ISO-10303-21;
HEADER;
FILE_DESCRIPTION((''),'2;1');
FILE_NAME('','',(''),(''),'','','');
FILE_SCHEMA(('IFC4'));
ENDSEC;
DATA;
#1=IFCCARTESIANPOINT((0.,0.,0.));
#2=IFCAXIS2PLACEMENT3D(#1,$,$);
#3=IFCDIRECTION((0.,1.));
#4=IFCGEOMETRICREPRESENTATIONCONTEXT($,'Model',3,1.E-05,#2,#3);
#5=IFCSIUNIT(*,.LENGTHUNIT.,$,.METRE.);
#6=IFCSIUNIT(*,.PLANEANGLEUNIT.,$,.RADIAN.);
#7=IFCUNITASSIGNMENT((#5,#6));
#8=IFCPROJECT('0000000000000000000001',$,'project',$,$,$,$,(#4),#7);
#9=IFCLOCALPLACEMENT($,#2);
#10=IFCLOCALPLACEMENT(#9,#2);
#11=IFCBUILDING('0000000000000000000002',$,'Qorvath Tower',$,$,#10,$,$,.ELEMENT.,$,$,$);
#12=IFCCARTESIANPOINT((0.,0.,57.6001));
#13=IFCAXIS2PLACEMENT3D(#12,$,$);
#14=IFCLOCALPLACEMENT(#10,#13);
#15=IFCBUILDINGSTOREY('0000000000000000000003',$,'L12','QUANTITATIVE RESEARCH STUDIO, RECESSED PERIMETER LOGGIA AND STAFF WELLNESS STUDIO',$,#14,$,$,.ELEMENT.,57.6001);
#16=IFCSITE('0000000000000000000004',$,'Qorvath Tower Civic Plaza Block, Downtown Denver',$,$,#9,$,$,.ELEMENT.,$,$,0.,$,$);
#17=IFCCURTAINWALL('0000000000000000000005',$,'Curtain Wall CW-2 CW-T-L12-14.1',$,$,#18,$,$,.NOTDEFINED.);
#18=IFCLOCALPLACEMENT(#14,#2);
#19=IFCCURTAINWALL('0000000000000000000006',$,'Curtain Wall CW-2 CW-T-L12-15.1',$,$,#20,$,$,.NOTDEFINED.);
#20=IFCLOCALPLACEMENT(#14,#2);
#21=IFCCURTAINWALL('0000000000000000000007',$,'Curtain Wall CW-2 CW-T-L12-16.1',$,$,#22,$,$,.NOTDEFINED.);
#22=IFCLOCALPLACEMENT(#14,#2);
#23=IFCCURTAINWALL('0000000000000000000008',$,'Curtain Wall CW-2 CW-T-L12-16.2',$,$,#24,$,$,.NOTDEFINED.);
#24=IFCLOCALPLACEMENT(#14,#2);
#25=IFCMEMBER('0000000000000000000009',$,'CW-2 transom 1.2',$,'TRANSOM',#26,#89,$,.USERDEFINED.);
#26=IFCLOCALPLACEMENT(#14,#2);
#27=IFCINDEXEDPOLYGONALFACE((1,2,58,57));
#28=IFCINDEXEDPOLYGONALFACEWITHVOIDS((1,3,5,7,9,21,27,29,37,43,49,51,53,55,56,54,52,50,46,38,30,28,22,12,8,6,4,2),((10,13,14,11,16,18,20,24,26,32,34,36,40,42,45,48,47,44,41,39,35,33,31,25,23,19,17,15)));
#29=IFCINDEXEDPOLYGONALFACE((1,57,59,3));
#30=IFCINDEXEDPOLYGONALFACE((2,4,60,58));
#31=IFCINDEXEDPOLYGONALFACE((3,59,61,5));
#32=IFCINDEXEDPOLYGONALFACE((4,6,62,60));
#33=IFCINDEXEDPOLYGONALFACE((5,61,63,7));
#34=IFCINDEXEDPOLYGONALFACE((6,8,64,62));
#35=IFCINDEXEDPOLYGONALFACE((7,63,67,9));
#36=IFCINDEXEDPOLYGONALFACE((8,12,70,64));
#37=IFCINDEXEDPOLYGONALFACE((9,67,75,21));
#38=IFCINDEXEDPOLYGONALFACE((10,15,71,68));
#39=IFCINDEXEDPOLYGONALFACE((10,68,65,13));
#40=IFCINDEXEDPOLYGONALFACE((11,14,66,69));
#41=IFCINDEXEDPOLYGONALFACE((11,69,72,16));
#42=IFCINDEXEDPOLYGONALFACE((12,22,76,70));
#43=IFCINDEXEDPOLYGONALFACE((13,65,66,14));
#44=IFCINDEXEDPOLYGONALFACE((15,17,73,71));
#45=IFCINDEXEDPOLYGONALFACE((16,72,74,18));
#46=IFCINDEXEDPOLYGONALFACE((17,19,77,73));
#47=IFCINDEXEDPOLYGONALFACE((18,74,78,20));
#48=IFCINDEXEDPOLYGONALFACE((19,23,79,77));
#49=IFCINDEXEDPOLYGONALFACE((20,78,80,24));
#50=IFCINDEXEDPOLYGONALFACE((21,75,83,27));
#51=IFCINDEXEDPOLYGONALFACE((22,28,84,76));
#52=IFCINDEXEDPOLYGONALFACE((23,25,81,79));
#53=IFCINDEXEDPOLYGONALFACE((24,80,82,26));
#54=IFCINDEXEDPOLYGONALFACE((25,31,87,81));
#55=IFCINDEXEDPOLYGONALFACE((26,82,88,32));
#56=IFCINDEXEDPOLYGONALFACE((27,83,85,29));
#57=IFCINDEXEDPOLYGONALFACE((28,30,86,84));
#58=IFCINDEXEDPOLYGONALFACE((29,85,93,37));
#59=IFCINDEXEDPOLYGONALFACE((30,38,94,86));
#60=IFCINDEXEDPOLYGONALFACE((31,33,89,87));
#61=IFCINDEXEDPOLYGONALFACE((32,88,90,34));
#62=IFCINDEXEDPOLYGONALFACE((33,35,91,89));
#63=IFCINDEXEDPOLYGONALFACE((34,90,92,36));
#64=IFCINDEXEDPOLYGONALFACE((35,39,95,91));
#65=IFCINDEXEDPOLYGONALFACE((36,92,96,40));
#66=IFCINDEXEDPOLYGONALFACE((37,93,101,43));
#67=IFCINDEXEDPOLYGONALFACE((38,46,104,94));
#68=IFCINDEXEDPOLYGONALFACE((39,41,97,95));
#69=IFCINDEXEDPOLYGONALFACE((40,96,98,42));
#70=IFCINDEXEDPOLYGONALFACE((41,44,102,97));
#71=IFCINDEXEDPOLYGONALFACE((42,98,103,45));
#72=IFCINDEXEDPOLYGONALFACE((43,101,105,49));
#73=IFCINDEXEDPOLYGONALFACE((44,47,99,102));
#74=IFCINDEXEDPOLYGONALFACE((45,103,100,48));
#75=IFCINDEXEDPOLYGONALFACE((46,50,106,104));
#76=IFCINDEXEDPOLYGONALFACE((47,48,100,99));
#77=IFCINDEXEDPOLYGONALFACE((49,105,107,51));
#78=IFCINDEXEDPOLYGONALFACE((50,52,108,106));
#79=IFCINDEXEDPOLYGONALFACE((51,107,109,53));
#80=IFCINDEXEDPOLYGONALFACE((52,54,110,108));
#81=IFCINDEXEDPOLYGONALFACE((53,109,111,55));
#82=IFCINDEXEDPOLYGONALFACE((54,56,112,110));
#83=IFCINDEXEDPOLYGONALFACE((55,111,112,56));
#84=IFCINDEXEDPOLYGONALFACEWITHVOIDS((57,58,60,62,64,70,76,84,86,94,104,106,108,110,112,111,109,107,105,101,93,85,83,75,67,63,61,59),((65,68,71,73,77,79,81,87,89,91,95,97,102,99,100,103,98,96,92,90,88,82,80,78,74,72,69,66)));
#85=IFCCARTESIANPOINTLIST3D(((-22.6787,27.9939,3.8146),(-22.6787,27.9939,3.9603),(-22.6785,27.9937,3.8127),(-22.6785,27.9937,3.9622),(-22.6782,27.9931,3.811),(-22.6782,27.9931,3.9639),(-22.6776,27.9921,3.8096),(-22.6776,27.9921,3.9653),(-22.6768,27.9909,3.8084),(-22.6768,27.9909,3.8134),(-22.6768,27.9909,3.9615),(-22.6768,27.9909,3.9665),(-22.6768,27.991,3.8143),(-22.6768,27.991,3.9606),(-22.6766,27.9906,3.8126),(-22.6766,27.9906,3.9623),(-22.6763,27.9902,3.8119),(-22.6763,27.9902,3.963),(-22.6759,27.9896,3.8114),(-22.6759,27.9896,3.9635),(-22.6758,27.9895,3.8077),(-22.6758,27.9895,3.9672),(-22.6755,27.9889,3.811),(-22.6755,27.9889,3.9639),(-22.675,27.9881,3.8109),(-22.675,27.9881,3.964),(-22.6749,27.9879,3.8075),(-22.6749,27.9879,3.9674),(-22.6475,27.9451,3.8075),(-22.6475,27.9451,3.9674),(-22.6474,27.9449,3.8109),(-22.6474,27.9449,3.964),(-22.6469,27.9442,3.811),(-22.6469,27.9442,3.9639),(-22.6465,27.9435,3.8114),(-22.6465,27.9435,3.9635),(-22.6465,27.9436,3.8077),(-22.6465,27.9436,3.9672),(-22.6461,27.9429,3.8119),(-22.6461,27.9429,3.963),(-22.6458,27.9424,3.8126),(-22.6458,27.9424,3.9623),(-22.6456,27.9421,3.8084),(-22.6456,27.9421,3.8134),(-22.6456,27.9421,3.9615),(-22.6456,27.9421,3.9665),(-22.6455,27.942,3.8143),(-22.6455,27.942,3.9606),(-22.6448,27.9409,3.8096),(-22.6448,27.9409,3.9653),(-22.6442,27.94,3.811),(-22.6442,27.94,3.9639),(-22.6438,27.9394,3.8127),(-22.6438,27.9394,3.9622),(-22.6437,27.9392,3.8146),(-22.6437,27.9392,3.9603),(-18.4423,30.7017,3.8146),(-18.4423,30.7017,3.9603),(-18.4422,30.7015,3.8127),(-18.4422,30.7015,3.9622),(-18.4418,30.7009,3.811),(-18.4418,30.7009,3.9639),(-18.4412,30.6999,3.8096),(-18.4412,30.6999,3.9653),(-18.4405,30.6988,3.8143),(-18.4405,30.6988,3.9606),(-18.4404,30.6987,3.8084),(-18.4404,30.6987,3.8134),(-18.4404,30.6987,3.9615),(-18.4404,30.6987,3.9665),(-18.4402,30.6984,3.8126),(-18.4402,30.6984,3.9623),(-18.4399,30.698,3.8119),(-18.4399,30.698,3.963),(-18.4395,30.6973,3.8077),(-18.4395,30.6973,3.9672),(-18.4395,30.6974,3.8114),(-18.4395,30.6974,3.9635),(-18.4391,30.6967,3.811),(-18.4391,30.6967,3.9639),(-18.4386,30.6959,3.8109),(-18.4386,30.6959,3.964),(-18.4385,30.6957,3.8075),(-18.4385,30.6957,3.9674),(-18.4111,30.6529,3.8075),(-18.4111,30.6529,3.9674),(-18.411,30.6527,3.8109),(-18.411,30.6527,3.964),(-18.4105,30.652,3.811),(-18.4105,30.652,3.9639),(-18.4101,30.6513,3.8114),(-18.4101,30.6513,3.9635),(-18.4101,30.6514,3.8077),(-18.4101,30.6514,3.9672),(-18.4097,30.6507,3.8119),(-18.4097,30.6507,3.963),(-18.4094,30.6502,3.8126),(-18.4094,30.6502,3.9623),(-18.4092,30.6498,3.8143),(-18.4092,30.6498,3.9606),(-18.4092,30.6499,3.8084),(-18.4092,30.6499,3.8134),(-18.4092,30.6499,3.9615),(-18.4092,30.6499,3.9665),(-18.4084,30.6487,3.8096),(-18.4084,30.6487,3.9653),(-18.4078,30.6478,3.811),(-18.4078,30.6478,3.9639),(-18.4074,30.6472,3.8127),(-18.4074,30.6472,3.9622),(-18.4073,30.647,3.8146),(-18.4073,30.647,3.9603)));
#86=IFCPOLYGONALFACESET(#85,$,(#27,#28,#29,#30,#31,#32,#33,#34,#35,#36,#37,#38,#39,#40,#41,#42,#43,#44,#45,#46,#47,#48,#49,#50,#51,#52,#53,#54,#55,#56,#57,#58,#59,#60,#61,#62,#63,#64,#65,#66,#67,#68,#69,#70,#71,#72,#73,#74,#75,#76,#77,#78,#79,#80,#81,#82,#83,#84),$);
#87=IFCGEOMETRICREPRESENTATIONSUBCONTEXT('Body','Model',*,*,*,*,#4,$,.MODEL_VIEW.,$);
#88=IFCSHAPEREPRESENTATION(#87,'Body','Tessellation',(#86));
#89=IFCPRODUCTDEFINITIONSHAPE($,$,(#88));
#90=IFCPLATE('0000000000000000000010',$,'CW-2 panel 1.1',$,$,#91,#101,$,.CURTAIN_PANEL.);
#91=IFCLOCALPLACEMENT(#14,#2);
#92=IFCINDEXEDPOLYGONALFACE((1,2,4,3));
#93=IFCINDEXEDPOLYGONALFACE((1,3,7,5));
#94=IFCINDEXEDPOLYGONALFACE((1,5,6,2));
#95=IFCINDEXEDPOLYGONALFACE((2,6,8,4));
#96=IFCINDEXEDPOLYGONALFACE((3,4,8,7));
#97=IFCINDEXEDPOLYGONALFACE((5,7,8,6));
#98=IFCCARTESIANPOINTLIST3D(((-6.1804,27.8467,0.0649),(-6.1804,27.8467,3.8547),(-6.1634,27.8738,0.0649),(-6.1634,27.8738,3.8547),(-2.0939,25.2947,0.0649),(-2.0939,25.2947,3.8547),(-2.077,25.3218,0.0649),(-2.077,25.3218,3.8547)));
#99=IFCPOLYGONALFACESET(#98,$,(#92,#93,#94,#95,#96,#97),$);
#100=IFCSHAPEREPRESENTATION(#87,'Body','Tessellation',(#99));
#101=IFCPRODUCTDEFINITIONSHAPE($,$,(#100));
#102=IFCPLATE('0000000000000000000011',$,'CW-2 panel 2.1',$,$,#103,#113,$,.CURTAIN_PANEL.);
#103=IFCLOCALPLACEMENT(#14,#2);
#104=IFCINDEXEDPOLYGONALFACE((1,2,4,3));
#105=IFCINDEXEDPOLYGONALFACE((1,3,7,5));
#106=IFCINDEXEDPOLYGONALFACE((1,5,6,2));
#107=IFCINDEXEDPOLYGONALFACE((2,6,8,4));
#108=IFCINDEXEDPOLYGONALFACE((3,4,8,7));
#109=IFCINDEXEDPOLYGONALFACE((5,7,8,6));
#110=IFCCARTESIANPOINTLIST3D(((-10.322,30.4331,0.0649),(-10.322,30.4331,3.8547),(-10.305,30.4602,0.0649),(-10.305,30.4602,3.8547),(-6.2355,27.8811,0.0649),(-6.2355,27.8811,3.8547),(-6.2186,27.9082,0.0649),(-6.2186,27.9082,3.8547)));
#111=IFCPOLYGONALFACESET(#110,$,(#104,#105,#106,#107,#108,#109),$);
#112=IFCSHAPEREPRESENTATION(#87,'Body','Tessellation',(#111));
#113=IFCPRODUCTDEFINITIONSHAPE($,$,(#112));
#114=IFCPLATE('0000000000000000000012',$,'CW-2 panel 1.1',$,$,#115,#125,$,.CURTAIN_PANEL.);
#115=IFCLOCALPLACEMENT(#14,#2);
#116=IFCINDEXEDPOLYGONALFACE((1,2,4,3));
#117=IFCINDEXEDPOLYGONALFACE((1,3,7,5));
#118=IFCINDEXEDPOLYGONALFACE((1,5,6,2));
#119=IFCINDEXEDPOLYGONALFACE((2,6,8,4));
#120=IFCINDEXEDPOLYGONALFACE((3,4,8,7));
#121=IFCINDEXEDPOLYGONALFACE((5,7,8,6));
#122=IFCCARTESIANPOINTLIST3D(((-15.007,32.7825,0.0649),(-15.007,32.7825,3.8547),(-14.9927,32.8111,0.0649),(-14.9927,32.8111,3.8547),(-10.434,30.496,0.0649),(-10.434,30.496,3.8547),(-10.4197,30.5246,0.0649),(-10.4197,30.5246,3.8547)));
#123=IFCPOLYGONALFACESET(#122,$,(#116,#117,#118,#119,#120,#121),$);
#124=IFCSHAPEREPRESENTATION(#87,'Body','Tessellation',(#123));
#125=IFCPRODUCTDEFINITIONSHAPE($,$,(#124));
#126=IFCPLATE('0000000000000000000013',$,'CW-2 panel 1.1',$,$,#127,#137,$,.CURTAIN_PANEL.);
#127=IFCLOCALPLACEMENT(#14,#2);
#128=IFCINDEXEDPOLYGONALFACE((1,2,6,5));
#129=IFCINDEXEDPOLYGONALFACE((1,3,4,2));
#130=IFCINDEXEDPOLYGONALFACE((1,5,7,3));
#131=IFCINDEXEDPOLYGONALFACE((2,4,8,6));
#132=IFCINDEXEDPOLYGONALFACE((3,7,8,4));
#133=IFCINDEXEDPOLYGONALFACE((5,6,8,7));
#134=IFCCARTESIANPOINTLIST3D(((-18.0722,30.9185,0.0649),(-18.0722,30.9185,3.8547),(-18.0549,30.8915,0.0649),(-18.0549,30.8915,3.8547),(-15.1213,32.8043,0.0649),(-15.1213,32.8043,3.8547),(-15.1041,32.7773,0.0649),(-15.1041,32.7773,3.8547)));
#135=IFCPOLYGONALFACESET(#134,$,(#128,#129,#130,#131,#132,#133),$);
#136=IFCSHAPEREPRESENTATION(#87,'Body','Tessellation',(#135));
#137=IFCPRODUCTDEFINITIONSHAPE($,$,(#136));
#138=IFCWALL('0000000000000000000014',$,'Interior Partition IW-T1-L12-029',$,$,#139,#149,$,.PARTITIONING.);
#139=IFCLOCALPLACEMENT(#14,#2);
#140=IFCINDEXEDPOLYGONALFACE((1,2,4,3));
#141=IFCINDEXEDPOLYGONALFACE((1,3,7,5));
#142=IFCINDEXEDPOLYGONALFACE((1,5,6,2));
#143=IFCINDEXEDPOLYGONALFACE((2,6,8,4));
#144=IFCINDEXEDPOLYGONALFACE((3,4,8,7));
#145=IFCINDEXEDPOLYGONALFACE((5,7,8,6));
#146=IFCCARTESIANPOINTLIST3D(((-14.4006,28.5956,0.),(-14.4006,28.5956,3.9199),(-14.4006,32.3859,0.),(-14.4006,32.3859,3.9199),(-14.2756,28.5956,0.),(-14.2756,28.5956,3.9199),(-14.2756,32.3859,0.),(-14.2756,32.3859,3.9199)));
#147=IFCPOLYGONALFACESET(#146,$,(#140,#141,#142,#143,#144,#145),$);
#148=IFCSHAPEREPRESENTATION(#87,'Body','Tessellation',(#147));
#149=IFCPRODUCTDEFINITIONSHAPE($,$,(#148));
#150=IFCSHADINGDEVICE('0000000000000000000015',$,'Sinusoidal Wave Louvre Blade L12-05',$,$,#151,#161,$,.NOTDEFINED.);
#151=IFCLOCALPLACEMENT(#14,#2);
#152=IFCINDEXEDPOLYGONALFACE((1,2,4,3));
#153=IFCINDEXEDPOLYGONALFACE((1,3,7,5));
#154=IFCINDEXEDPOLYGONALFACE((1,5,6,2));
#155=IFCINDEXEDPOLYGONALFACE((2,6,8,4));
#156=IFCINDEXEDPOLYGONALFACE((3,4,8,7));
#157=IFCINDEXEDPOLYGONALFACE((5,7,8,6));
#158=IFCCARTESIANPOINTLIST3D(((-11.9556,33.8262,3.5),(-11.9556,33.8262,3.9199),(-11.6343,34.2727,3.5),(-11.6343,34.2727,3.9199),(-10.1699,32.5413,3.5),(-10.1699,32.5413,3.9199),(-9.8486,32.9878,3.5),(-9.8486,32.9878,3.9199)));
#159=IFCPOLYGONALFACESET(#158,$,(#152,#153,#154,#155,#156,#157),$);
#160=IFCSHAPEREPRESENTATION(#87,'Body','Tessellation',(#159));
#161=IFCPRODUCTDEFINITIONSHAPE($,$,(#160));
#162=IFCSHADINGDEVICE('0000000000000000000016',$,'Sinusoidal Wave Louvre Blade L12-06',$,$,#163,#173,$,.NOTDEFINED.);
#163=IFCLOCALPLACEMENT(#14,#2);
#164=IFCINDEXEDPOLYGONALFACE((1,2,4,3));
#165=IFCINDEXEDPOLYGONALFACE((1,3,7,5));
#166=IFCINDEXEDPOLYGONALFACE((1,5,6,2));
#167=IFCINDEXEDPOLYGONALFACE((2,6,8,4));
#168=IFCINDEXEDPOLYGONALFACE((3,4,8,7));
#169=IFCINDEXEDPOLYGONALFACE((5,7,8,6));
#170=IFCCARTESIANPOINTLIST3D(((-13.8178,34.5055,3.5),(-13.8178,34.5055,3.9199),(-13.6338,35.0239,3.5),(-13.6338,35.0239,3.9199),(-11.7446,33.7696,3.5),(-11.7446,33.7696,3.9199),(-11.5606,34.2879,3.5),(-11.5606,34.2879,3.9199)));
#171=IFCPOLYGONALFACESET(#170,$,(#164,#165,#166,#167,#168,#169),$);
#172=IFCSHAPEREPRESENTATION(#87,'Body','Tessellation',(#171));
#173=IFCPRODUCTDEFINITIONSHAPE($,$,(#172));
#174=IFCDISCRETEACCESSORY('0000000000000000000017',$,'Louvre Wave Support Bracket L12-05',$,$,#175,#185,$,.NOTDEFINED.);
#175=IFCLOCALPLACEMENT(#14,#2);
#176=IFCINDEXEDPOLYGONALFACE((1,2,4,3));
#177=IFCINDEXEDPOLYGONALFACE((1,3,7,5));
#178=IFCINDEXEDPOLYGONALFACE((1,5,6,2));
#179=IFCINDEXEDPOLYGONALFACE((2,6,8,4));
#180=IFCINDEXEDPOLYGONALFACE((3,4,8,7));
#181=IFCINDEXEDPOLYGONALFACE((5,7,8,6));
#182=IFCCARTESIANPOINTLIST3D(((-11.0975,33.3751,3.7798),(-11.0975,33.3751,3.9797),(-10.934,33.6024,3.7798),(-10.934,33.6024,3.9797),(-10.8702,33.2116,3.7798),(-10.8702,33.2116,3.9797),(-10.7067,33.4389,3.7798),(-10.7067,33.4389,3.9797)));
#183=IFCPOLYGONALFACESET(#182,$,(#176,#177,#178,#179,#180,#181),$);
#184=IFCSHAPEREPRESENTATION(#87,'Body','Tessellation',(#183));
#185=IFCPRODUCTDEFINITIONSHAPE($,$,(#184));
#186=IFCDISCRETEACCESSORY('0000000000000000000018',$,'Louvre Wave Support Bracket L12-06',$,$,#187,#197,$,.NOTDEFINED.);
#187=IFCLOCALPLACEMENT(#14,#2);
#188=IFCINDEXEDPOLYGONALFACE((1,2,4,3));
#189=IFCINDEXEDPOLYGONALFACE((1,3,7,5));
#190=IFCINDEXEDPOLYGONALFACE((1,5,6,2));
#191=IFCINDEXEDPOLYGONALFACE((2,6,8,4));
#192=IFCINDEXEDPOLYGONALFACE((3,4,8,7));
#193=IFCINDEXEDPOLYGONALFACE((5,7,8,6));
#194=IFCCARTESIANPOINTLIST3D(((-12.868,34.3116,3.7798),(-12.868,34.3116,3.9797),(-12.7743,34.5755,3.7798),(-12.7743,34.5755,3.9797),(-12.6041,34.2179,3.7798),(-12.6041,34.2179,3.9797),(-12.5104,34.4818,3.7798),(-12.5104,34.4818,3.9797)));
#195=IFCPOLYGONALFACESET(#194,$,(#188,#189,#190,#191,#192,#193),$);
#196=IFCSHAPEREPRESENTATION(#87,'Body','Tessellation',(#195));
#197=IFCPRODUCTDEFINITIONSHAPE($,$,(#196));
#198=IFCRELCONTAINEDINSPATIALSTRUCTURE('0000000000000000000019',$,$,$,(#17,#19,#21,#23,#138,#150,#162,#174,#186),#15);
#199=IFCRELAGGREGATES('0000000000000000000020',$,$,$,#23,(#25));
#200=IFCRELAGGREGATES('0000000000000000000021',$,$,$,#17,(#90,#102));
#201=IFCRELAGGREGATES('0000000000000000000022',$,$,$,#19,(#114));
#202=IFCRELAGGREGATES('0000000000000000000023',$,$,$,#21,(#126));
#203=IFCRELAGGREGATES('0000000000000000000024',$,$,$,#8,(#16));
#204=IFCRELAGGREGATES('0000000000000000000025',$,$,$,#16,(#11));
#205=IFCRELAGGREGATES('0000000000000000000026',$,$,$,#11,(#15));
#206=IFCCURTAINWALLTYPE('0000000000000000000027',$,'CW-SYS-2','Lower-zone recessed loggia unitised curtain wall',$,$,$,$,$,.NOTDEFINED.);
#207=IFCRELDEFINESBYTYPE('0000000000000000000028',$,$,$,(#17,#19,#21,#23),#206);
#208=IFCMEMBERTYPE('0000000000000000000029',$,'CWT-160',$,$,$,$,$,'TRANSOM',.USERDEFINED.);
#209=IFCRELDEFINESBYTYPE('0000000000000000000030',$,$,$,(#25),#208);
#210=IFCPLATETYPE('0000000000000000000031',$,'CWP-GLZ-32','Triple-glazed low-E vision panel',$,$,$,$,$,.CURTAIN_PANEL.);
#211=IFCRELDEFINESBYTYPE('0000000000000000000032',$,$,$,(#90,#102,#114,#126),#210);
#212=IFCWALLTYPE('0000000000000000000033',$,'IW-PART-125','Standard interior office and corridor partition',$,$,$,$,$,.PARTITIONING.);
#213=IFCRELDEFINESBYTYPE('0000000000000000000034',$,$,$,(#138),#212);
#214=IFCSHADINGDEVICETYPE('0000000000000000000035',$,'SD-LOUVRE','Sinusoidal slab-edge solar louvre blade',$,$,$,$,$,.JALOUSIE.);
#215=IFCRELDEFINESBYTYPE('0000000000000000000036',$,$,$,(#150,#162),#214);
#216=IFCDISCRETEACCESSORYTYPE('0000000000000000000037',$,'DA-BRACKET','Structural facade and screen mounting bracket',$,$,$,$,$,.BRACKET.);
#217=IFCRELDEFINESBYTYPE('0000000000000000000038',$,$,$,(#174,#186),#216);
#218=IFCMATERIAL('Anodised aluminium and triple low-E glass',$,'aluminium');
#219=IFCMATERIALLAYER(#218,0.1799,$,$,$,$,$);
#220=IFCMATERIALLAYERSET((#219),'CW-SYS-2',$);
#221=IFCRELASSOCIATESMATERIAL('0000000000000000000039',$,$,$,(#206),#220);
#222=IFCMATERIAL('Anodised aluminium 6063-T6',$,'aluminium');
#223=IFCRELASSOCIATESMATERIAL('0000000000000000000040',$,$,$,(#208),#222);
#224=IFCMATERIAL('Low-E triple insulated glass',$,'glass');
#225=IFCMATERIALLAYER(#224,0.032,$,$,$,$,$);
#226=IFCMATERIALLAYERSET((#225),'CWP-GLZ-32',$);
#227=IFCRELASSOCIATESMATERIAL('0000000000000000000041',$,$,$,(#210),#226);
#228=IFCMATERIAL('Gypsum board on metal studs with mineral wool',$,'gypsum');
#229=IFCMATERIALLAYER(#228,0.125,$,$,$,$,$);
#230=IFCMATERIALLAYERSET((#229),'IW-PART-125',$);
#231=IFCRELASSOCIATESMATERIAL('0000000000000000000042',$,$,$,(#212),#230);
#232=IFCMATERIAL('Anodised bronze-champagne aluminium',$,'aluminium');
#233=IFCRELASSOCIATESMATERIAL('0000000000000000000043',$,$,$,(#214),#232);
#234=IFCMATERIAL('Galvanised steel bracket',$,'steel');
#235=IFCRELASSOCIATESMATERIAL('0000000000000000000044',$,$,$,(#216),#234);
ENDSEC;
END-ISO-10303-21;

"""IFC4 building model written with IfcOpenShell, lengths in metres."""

from ifc_helpers import new_model, si_unit, direction, frame, frame_2d, origin, origin_2d, place, context, subcontext, project, spatial, rectangle, hollow_rectangle, extrude, material, layer, layer_set, material_profile, profile_set, type_object, element, aggregate, save


model = new_model("IFC4")

# Units and contexts
model_context = context("Model", 3, precision=1e-05, world=origin(), true_north=direction((0.0, 1.0)))
body_context = subcontext(model_context, "Body", "Model", "MODEL_VIEW")
ifc_project = project(units=[si_unit("LENGTHUNIT", "METRE"), si_unit("PLANEANGLEUNIT", "RADIAN")], contexts=[model_context])

# Site, building, storey
site_placement = place(None, origin())
site = spatial("IfcSite", under=ifc_project, at=site_placement, Name="Qorvath Tower Civic Plaza Block, Downtown Denver", CompositionType="ELEMENT", RefElevation=0.0)
building_placement = place(site_placement, origin())
building = spatial("IfcBuilding", under=site, at=building_placement, Name="Qorvath Tower", CompositionType="ELEMENT")
storey_placement = place(building_placement, frame((0.0, 0.0, 57.6001)))
storey = spatial("IfcBuildingStorey", under=building, at=storey_placement, Name="L12", Description="QUANTITATIVE RESEARCH STUDIO, RECESSED PERIMETER LOGGIA AND STAFF WELLNESS STUDIO", CompositionType="ELEMENT", Elevation=57.6001)

# Shared definitions
ifc_material_1 = material(Name="Anodised aluminium and triple low-E glass", Category="aluminium")
ifc_layer_1 = layer(ifc_material_1, 0.1799)
ifc_layer_set_1 = layer_set([ifc_layer_1], Name="CW-SYS-2")
curtain_wall_type = type_object("IfcCurtainWallType", Name="CW-SYS-2", Description="Lower-zone recessed loggia unitised curtain wall", PredefinedType="NOTDEFINED", material=ifc_layer_set_1)

# Curtain walls
curtain_wall_1_placement = place(storey_placement, origin())
curtain_wall_1 = element("IfcCurtainWall", 1, at=curtain_wall_1_placement, inside=storey, type_object=curtain_wall_type, Name="Curtain Wall CW-2 CW-T-L12-14.1", PredefinedType="NOTDEFINED")
curtain_wall_2_placement = place(storey_placement, origin())
curtain_wall_2 = element("IfcCurtainWall", 2, at=curtain_wall_2_placement, inside=storey, type_object=curtain_wall_type, Name="Curtain Wall CW-2 CW-T-L12-15.1", PredefinedType="NOTDEFINED")
curtain_wall_3_placement = place(storey_placement, origin())
curtain_wall_3 = element("IfcCurtainWall", 3, at=curtain_wall_3_placement, inside=storey, type_object=curtain_wall_type, Name="Curtain Wall CW-2 CW-T-L12-16.1", PredefinedType="NOTDEFINED")

# Curtain wall
curtain_wall_4_placement = place(storey_placement, origin())
curtain_wall_4 = element("IfcCurtainWall", 4, at=curtain_wall_4_placement, inside=storey, type_object=curtain_wall_type, Name="Curtain Wall CW-2 CW-T-L12-16.2", PredefinedType="NOTDEFINED")

# Member
ifc_material_2 = material(Name="Anodised aluminium 6063-T6", Category="aluminium")
ifc_material_profile_1 = material_profile(ifc_material_2, hollow_rectangle(XDim=0.0649, YDim=0.1599, WallThickness=0.0034, InnerFilletRadius=0.0034, OuterFilletRadius=0.0071, at=origin_2d()), Name="CWT 160x65")
ifc_profile_set_1 = profile_set([ifc_material_profile_1], Name="Anodised aluminium 6063-T6")
member_type_1 = type_object("IfcMemberType", Name="CWT-160", ElementType="TRANSOM", PredefinedType="USERDEFINED", material=ifc_profile_set_1)
member_1_placement = place(storey_placement, frame((-18.4248, 30.6743, 3.8875), z_axis=(-0.842586, -0.538562, 0.0), x_axis=(0.538562, -0.842586, 0.0)))
member_1 = element("IfcMember", 5, at=member_1_placement, type_object=member_type_1, Name="CW-2 transom 1.2", ObjectType="TRANSOM", PredefinedType="USERDEFINED", context=body_context, shape_type="SweptSolid", body=[
    extrude(hollow_rectangle(XDim=0.0649, YDim=0.1599, WallThickness=0.0034, InnerFilletRadius=0.0034, OuterFilletRadius=0.0071, at=origin_2d()), origin(), (0.0, 0.0, 1.0), 5.0278),
])
aggregate(curtain_wall_4, [member_1])

# Plates
ifc_material_3 = material(Name="Low-E triple insulated glass", Category="glass")
ifc_layer_2 = layer(ifc_material_3, 0.032)
ifc_layer_set_2 = layer_set([ifc_layer_2], Name="CWP-GLZ-32")
plate_type = type_object("IfcPlateType", Name="CWP-GLZ-32", Description="Triple-glazed low-E vision panel", PredefinedType="CURTAIN_PANEL", material=ifc_layer_set_2)
plate_1_placement = place(storey_placement, frame((-4.1287, 26.5842, 0.0649), z_axis=(0.0, 0.0, 1.0), x_axis=(-0.84819, 0.529692, 0.0)))
plate_1 = element("IfcPlate", 6, at=plate_1_placement, type_object=plate_type, Name="CW-2 panel 1.1", PredefinedType="CURTAIN_PANEL", context=body_context, shape_type="SweptSolid", body=[
    extrude(rectangle(XDim=4.8179, YDim=0.032, at=origin_2d()), origin(), (0.0, 0.0, 1.0), 3.7898),
])
plate_2_placement = place(storey_placement, frame((-8.2703, 29.1707, 0.0649), z_axis=(0.0, 0.0, 1.0), x_axis=(-0.84819, 0.529692, 0.0)))
plate_2 = element("IfcPlate", 7, at=plate_2_placement, type_object=plate_type, Name="CW-2 panel 2.1", PredefinedType="CURTAIN_PANEL", context=body_context, shape_type="SweptSolid", body=[
    extrude(rectangle(XDim=4.8179, YDim=0.032, at=origin_2d()), origin(), (0.0, 0.0, 1.0), 3.7898),
])
aggregate(curtain_wall_1, [plate_1, plate_2])
plate_3_placement = place(storey_placement, frame((-12.7134, 31.6536, 0.0649), z_axis=(0.0, 0.0, 1.0), x_axis=(-0.894427, 0.447214, 0.0)))
plate_3 = element("IfcPlate", 8, at=plate_3_placement, type_object=plate_type, Name="CW-2 panel 1.1", PredefinedType="CURTAIN_PANEL", context=body_context, shape_type="SweptSolid", body=[
    extrude(rectangle(XDim=5.1128, YDim=0.032, at=origin_2d()), origin(), (0.0, 0.0, 1.0), 3.7898),
])
aggregate(curtain_wall_2, [plate_3])
plate_4_placement = place(storey_placement, frame((-16.5881, 31.8479, 0.0649), z_axis=(0.0, 0.0, 1.0), x_axis=(-0.84262, -0.538508, 0.0)))
plate_4 = element("IfcPlate", 9, at=plate_4_placement, type_object=plate_type, Name="CW-2 panel 1.1", PredefinedType="CURTAIN_PANEL", context=body_context, shape_type="SweptSolid", body=[
    extrude(rectangle(XDim=3.502, YDim=0.032, at=origin_2d()), origin(), (0.0, 0.0, 1.0), 3.7898),
])
aggregate(curtain_wall_3, [plate_4])

# Wall
ifc_material_4 = material(Name="Gypsum board on metal studs with mineral wool", Category="gypsum")
ifc_layer_3 = layer(ifc_material_4, 0.125)
ifc_layer_set_3 = layer_set([ifc_layer_3], Name="IW-PART-125")
wall_type = type_object("IfcWallType", Name="IW-PART-125", Description="Standard interior office and corridor partition", PredefinedType="PARTITIONING", material=ifc_layer_set_3)
wall_placement = place(storey_placement, frame((-14.3381, 28.5957, 0.0), z_axis=(0.0, 0.0, 1.0), x_axis=(0.0, 1.0, 0.0)))
element("IfcWall", 10, at=wall_placement, inside=storey, type_object=wall_type, Name="Interior Partition IW-T1-L12-029", PredefinedType="PARTITIONING", context=body_context, shape_type="SweptSolid", body=[
    extrude(rectangle(XDim=3.7903, YDim=0.125, at=frame_2d((1.895, 0.0))), origin(), (0.0, 0.0, 1.0), 3.9199),
])

# Shading devices
ifc_material_5 = material(Name="Anodised bronze-champagne aluminium", Category="aluminium")
shading_device_type = type_object("IfcShadingDeviceType", Name="SD-LOUVRE", Description="Sinusoidal slab-edge solar louvre blade", PredefinedType="JALOUSIE", material=ifc_material_5)
for number, where, z_axis, x_axis, name in (
    (11, (-10.9021, 33.407, 3.5), (0.0, 0.0, 1.0), (-0.811719, 0.584049, 0.0), "Sinusoidal Wave Louvre Blade L12-05"),
    (12, (-12.6892, 34.3967, 3.5), (0.0, 0.0, 1.0), (-0.942387, 0.334526, 0.0), "Sinusoidal Wave Louvre Blade L12-06"),
):
    element("IfcShadingDevice", number, at=place(storey_placement, frame(where, z_axis=z_axis, x_axis=x_axis)), inside=storey, type_object=shading_device_type, Name=name, PredefinedType="NOTDEFINED", context=body_context, shape_type="SweptSolid", body=[
        extrude(rectangle(XDim=2.2, YDim=0.55, at=origin_2d()), origin(), (0.0, 0.0, 1.0), 0.4199),
    ])

# Discrete accessories
ifc_material_6 = material(Name="Galvanised steel bracket", Category="steel")
discrete_accessory_type = type_object("IfcDiscreteAccessoryType", Name="DA-BRACKET", Description="Structural facade and screen mounting bracket", PredefinedType="BRACKET", material=ifc_material_6)
for number, where, z_axis, x_axis, name in (
    (13, (-10.9021, 33.407, 3.7798), (0.0, 0.0, 1.0), (-0.811719, 0.584049, 0.0), "Louvre Wave Support Bracket L12-05"),
    (14, (-12.6892, 34.3967, 3.7798), (0.0, 0.0, 1.0), (-0.942387, 0.334526, 0.0), "Louvre Wave Support Bracket L12-06"),
):
    element("IfcDiscreteAccessory", number, at=place(storey_placement, frame(where, z_axis=z_axis, x_axis=x_axis)), inside=storey, type_object=discrete_accessory_type, Name=name, PredefinedType="NOTDEFINED", context=body_context, shape_type="SweptSolid", body=[
        extrude(rectangle(XDim=0.28, YDim=0.28, at=origin_2d()), origin(), (0.0, 0.0, 1.0), 0.2),
    ])

save(model, "model.ifc")
